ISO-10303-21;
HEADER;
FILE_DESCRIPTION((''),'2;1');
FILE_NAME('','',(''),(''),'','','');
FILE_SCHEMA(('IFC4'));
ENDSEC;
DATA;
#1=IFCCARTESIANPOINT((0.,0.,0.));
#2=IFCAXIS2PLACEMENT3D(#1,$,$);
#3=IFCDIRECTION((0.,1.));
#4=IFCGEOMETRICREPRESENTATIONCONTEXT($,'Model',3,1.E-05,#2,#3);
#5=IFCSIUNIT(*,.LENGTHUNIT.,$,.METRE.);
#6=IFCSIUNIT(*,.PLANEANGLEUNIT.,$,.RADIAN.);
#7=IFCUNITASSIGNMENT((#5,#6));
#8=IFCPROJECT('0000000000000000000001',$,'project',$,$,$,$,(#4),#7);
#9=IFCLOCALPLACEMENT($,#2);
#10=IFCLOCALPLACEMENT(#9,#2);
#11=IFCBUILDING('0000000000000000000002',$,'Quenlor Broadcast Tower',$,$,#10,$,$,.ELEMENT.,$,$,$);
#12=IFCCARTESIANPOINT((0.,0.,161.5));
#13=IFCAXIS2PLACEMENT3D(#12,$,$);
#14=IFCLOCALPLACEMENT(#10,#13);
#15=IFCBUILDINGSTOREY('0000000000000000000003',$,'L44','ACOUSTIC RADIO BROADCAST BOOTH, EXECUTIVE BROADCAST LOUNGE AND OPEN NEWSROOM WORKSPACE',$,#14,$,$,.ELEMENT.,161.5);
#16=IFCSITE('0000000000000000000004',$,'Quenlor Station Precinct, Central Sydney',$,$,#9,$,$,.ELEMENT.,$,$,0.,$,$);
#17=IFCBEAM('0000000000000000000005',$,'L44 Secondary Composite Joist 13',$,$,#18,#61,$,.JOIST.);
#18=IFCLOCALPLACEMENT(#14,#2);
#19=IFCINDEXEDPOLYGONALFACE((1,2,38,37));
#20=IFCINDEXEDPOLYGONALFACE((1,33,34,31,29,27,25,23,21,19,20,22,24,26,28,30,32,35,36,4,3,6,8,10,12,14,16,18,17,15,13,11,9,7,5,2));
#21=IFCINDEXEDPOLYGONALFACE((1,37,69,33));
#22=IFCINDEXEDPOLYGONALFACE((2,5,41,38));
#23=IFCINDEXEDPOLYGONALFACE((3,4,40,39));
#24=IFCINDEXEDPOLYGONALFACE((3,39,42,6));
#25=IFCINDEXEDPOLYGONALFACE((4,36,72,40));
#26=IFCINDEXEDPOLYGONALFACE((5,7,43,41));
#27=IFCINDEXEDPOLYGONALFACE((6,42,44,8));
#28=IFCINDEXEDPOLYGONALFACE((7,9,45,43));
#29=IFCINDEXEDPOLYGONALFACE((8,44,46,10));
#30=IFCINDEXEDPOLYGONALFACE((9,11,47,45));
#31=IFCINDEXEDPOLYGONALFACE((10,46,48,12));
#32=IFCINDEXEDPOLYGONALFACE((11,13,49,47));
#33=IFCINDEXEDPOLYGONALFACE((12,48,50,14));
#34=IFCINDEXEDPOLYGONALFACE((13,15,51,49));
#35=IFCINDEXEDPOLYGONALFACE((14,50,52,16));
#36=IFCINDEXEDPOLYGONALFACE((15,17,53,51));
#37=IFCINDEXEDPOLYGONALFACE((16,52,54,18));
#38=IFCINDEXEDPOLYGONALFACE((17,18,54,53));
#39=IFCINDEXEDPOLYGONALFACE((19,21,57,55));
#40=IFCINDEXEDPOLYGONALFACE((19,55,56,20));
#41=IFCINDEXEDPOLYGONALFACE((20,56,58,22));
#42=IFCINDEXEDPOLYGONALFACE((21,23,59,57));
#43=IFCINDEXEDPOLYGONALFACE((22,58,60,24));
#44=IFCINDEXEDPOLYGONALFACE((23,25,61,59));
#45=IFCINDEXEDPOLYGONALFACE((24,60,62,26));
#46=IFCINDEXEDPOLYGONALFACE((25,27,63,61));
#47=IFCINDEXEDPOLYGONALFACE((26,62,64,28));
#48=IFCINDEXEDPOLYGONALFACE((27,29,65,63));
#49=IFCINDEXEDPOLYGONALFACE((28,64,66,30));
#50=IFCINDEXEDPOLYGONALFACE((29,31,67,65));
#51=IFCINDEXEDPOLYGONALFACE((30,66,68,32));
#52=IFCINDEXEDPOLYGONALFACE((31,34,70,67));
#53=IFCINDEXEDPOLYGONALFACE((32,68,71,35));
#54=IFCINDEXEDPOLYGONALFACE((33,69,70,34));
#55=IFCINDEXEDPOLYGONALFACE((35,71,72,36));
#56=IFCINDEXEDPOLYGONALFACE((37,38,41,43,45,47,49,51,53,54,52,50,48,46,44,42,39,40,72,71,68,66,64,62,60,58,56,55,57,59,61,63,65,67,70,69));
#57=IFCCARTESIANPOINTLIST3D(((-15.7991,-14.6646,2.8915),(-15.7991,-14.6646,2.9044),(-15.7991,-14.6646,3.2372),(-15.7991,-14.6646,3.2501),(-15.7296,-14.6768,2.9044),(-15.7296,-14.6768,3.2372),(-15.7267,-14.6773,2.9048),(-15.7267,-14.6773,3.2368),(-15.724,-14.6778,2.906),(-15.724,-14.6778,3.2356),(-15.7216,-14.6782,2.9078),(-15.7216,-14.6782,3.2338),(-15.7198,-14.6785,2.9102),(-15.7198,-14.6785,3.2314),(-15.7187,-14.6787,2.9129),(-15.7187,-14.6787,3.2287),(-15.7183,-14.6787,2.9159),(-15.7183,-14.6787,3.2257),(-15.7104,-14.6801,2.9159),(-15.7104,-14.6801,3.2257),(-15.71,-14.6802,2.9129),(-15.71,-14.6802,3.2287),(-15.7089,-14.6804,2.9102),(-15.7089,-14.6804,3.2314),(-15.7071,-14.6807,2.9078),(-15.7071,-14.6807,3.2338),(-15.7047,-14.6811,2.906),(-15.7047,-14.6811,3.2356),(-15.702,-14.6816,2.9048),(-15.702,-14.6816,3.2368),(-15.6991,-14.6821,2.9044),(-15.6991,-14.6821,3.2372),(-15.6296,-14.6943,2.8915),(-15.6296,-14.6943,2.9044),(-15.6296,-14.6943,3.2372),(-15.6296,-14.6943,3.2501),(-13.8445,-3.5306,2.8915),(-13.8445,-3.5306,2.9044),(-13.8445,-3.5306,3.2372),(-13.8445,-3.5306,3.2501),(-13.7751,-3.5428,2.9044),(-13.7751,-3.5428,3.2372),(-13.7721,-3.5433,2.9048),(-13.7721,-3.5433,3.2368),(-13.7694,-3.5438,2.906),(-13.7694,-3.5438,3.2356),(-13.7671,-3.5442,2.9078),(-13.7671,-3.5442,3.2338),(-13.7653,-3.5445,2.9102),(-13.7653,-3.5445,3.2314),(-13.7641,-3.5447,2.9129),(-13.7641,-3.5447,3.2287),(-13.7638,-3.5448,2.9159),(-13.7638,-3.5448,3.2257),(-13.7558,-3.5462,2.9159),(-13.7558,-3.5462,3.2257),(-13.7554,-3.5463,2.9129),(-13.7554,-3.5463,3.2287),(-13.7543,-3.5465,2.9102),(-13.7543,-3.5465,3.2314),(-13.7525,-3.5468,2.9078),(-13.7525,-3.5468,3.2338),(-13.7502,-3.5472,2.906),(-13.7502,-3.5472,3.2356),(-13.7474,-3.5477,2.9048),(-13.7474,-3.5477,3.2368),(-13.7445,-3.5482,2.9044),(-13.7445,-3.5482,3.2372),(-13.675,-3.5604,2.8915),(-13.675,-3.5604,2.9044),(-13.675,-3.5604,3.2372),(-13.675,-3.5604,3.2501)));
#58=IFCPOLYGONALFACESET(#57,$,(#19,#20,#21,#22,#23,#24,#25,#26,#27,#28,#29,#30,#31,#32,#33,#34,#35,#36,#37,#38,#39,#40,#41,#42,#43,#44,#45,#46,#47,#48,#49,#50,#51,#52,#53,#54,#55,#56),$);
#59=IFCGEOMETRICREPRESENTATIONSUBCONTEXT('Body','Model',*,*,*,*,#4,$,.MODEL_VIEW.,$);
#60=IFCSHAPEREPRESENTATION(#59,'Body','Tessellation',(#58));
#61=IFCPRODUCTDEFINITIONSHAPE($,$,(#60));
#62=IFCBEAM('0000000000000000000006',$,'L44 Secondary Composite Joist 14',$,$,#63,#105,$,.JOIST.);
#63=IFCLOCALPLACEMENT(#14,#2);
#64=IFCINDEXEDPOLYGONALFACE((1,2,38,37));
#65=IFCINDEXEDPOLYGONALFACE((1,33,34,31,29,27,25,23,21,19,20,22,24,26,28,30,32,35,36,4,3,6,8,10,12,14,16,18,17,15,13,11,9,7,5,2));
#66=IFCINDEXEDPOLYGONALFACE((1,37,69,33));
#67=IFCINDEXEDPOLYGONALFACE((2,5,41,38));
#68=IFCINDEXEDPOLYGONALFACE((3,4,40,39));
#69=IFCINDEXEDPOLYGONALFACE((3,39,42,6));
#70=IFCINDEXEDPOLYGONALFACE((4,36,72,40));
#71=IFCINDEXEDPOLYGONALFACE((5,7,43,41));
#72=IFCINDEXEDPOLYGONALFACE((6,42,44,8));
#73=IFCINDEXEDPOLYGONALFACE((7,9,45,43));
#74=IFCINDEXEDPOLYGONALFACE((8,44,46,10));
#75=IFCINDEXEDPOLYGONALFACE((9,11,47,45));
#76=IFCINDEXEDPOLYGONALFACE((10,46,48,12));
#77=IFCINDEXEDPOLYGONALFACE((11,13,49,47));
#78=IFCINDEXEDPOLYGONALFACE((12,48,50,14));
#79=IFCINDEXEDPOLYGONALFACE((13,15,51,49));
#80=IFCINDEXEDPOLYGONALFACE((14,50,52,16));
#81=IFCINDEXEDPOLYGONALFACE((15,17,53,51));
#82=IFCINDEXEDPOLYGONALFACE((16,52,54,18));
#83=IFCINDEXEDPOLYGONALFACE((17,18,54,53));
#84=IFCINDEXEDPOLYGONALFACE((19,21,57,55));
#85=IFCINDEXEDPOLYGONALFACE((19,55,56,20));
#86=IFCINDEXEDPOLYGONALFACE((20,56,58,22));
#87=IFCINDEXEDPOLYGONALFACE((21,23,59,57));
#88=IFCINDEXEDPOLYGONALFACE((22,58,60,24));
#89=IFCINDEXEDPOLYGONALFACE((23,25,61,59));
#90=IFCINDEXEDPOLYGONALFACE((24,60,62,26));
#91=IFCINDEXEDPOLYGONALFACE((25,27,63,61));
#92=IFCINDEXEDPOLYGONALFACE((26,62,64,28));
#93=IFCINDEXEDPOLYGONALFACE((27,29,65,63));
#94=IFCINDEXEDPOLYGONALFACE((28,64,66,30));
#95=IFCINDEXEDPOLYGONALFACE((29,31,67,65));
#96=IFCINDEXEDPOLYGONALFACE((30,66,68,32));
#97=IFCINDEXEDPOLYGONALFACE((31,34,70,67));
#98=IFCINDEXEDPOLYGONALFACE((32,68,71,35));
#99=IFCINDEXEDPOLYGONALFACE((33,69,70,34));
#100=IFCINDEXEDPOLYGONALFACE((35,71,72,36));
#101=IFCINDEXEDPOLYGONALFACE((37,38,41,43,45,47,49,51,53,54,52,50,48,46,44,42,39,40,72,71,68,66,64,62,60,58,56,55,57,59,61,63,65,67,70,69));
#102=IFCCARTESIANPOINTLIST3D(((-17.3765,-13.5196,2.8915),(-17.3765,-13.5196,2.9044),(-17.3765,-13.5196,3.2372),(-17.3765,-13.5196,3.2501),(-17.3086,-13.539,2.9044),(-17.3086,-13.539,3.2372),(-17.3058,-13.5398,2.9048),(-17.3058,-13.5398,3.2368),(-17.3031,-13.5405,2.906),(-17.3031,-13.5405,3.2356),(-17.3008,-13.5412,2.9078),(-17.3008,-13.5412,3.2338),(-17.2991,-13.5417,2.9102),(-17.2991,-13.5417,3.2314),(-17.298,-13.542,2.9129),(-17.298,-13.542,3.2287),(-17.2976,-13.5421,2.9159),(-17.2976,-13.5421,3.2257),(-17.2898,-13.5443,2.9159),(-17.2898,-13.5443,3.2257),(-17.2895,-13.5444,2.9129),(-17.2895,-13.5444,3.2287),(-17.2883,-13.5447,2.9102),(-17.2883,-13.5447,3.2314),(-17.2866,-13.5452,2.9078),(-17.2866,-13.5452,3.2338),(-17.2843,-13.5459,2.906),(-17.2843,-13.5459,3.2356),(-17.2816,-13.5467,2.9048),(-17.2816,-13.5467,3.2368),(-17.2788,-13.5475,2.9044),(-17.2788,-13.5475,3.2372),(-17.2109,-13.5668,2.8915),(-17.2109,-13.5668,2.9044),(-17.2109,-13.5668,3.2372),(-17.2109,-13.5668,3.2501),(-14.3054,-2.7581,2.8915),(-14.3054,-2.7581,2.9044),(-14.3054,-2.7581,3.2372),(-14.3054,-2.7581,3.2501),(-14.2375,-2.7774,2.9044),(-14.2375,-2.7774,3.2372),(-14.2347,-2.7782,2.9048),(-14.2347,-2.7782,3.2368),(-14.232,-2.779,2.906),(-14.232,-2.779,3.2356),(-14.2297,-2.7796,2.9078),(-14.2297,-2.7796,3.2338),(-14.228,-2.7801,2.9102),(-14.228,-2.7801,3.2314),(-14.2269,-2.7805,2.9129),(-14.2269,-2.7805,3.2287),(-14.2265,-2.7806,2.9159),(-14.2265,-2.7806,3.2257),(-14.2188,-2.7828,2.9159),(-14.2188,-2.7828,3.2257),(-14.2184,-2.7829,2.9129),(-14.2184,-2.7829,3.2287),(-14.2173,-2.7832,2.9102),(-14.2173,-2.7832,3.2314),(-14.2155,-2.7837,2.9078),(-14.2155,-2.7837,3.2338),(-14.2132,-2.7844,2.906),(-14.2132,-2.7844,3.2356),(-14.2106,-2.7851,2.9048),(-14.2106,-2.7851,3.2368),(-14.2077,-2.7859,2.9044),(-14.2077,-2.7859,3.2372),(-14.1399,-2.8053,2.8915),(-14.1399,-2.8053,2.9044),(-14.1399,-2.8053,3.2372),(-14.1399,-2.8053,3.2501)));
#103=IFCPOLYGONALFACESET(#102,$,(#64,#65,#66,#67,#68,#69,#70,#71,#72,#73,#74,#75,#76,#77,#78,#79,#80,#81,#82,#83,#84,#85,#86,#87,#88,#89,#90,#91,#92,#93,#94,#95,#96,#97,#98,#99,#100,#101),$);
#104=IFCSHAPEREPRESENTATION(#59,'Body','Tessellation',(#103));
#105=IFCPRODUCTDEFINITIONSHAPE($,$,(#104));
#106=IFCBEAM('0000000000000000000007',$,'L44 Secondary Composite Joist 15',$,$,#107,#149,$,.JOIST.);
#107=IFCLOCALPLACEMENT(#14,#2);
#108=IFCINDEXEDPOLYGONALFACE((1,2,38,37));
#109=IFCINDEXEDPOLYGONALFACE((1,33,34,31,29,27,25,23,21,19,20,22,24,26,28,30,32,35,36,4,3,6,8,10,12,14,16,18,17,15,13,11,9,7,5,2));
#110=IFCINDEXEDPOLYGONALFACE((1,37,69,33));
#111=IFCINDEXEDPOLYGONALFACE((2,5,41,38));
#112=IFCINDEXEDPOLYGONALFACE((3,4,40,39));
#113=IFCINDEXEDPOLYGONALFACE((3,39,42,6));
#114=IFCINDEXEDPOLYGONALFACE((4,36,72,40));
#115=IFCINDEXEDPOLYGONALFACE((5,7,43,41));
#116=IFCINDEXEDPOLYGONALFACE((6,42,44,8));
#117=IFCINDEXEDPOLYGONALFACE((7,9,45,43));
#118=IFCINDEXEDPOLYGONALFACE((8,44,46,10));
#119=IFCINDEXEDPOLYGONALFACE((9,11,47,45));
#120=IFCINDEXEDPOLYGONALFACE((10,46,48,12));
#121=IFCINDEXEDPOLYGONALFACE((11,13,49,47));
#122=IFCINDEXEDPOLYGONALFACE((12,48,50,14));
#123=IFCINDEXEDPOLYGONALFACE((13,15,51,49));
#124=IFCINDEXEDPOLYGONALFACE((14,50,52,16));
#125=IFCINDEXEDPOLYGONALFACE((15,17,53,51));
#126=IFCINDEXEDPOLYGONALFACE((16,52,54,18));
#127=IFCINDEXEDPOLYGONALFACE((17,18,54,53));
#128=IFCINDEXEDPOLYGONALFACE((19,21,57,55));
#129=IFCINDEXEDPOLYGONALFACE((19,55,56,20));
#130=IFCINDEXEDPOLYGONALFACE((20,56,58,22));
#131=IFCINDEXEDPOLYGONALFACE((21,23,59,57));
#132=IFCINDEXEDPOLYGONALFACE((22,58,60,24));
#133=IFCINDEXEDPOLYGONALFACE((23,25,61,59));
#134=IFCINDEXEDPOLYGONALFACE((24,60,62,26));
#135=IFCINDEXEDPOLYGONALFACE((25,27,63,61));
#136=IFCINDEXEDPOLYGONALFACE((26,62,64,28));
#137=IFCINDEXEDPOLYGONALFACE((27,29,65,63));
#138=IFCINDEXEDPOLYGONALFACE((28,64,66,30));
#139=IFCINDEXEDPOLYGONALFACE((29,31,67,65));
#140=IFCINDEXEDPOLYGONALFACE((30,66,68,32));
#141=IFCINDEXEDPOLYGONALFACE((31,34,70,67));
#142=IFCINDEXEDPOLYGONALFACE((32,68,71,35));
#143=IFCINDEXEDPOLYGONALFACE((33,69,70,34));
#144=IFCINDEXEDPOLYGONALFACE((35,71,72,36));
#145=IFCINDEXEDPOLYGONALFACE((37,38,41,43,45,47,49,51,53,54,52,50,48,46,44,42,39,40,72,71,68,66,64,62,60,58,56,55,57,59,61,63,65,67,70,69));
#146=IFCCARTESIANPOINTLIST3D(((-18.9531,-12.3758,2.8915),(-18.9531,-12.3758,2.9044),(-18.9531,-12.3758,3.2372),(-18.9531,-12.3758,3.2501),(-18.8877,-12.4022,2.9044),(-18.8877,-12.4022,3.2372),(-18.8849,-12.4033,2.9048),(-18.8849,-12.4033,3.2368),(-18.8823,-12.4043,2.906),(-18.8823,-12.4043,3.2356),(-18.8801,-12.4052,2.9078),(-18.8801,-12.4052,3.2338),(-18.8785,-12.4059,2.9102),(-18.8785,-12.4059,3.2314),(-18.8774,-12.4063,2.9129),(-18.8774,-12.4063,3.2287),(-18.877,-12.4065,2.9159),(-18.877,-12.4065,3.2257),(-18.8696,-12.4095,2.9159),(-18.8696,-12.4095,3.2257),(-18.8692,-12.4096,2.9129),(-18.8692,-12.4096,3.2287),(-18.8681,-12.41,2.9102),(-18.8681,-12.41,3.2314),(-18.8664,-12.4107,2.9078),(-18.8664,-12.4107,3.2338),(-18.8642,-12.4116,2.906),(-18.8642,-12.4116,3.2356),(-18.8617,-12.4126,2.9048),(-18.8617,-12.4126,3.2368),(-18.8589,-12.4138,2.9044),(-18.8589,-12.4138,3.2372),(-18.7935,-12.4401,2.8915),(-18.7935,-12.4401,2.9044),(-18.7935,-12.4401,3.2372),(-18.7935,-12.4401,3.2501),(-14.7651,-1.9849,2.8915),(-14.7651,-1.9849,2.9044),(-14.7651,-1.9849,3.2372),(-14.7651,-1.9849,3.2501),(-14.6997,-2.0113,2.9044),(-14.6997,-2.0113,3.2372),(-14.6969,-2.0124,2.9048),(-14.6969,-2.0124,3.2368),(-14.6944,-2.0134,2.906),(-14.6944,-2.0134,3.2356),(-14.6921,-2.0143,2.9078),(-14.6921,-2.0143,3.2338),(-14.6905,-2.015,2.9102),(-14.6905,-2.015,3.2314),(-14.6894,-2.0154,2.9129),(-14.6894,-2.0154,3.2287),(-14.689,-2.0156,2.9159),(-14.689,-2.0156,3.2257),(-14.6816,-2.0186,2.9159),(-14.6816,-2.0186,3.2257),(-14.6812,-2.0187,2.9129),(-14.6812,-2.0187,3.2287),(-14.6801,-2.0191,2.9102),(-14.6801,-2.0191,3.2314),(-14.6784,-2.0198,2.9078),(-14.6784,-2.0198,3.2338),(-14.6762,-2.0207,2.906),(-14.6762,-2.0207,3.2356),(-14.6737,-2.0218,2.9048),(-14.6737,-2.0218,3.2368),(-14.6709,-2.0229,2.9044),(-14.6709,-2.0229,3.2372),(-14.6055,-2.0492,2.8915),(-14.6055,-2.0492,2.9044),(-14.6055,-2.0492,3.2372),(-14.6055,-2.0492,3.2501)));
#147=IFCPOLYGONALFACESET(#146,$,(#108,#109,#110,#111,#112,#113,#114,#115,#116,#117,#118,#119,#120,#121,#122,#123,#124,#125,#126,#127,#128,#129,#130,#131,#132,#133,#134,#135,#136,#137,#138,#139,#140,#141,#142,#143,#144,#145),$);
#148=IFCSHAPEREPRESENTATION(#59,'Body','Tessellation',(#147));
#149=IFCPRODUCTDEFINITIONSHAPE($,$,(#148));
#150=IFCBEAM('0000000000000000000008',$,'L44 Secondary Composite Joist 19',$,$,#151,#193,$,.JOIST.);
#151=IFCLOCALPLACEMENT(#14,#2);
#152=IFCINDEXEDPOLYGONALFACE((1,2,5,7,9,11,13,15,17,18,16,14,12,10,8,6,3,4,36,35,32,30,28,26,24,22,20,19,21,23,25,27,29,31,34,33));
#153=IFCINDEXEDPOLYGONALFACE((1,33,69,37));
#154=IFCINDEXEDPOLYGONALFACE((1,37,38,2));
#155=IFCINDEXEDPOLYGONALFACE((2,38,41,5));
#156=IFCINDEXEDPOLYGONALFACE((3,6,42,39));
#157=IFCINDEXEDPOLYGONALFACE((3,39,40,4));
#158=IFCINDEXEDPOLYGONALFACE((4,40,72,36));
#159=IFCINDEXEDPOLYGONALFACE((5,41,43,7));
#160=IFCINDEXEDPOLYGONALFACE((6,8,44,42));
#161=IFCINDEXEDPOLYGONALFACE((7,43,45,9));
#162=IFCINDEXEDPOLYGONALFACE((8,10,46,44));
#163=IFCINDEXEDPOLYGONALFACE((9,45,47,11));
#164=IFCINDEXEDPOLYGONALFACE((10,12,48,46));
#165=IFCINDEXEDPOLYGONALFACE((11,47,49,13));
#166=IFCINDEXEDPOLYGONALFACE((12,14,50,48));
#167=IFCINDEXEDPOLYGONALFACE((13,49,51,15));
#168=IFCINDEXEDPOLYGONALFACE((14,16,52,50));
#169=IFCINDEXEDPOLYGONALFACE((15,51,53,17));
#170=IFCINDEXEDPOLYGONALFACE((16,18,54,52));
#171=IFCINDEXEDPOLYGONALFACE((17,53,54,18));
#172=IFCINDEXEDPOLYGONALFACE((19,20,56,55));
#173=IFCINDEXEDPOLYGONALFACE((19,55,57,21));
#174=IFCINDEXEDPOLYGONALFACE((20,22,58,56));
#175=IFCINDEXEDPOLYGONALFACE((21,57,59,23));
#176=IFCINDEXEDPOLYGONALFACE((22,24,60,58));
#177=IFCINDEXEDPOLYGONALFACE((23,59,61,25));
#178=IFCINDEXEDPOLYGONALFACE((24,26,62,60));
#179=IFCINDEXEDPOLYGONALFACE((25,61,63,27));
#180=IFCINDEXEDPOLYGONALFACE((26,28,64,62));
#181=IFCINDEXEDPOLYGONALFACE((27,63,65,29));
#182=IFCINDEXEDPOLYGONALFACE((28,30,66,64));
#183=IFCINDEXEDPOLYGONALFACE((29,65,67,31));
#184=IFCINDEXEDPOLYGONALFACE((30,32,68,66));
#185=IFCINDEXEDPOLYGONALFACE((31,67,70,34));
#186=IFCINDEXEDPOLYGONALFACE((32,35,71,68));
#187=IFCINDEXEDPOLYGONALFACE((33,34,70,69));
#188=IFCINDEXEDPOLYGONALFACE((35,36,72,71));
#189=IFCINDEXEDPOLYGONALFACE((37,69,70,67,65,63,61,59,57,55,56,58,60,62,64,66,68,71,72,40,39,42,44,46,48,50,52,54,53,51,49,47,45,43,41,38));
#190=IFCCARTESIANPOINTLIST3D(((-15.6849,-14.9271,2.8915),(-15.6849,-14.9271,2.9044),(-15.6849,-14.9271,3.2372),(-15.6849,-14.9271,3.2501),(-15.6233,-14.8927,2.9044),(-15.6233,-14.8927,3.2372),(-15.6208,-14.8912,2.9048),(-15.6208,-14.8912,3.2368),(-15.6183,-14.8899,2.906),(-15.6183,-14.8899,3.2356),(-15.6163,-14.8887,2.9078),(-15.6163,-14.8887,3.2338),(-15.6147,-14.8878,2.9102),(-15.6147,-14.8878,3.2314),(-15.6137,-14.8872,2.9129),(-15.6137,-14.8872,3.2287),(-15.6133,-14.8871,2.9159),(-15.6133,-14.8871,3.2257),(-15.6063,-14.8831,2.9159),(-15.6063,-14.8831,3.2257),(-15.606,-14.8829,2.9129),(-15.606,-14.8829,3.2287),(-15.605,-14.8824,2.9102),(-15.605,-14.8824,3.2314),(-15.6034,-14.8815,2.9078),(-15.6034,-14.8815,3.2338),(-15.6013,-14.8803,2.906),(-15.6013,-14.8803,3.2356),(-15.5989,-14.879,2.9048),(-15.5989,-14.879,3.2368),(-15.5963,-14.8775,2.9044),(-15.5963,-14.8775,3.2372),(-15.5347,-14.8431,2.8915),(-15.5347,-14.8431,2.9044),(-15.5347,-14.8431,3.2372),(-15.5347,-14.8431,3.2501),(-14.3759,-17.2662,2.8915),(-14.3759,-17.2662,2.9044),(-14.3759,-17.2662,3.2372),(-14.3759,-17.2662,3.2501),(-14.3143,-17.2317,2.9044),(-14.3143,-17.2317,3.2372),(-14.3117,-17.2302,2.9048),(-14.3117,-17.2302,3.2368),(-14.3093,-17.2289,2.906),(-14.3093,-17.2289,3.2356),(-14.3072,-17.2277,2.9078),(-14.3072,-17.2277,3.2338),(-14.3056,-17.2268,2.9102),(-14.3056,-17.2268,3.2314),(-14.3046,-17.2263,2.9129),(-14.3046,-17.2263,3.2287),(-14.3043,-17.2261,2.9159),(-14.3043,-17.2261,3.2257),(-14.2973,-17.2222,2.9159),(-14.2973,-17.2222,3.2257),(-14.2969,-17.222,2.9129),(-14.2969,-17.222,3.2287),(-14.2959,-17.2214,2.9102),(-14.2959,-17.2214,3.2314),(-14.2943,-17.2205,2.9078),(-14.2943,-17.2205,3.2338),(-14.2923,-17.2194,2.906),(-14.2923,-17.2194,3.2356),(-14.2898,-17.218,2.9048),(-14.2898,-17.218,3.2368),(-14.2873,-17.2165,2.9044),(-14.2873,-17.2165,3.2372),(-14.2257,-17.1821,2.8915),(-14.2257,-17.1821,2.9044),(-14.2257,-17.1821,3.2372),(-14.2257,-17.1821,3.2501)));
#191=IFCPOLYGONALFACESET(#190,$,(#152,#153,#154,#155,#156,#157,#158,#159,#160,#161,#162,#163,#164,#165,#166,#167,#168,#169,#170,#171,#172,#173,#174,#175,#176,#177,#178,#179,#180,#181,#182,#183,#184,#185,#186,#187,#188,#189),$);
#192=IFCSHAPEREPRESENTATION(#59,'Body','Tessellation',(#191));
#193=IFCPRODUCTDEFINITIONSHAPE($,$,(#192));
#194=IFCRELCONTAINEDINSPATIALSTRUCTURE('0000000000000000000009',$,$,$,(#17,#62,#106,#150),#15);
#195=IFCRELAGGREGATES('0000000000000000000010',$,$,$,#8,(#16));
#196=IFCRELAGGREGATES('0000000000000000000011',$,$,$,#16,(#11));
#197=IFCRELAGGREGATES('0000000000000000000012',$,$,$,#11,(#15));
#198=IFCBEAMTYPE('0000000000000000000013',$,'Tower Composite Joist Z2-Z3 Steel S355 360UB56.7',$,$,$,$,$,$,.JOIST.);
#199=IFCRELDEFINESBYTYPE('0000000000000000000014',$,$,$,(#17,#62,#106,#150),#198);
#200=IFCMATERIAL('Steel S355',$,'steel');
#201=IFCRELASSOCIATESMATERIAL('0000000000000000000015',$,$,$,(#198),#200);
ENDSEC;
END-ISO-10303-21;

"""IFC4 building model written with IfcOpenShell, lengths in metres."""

from ifc_helpers import new_model, si_unit, direction, frame, origin, origin_2d, place, context, subcontext, project, spatial, i_section, extrude, material, material_profile, profile_set, type_object, element, save


model = new_model("IFC4")

# Units and contexts
model_context = context("Model", 3, precision=1e-05, world=origin(), true_north=direction((0.0, 1.0)))
body_context = subcontext(model_context, "Body", "Model", "MODEL_VIEW")
ifc_project = project(units=[si_unit("LENGTHUNIT", "METRE"), si_unit("PLANEANGLEUNIT", "RADIAN")], contexts=[model_context])

# Site, building, storey
site_placement = place(None, origin())
site = spatial("IfcSite", under=ifc_project, at=site_placement, Name="Quenlor Station Precinct, Central Sydney", CompositionType="ELEMENT", RefElevation=0.0)
building_placement = place(site_placement, origin())
building = spatial("IfcBuilding", under=site, at=building_placement, Name="Quenlor Broadcast Tower", CompositionType="ELEMENT")
storey_placement = place(building_placement, frame((0.0, 0.0, 161.5)))
storey = spatial("IfcBuildingStorey", under=building, at=storey_placement, Name="L44", Description="ACOUSTIC RADIO BROADCAST BOOTH, EXECUTIVE BROADCAST LOUNGE AND OPEN NEWSROOM WORKSPACE", CompositionType="ELEMENT", Elevation=161.5)

# Beams
ifc_material_1 = material(Name="Steel S355", Category="steel")
ifc_material_profile_1 = material_profile(ifc_material_1, i_section(OverallWidth=0.1721, OverallDepth=0.3586, WebThickness=0.0081, FlangeThickness=0.0129, FilletRadius=0.0115, at=origin_2d()))
ifc_profile_set_1 = profile_set([ifc_material_profile_1], Name="Steel S355 360UB56.7")
beam_type_1 = type_object("IfcBeamType", Name="Tower Composite Joist Z2-Z3 Steel S355 360UB56.7", PredefinedType="JOIST", material=ifc_profile_set_1)
beam_1_placement = place(storey_placement, frame((-15.7144, -14.6794, 3.0708), z_axis=(0.172907, 0.984938, 0.0), x_axis=(-0.984938, 0.172907, 0.0)))
element("IfcBeam", 1, at=beam_1_placement, inside=storey, type_object=beam_type_1, Name="L44 Secondary Composite Joist 13", PredefinedType="JOIST", context=body_context, shape_type="SweptSolid", body=[
    extrude(i_section(OverallWidth=0.1721, OverallDepth=0.3586, WebThickness=0.0081, FlangeThickness=0.0129, FilletRadius=0.0115, at=origin_2d()), origin(), (0.0, 0.0, 1.0), 11.3042),
])
beam_2_placement = place(storey_placement, frame((-17.2937, -13.5432, 3.0708), z_axis=(0.274419, 0.96161, 0.0), x_axis=(-0.96161, 0.274419, 0.0)))
element("IfcBeam", 2, at=beam_2_placement, inside=storey, type_object=beam_type_1, Name="L44 Secondary Composite Joist 14", PredefinedType="JOIST", context=body_context, shape_type="SweptSolid", body=[
    extrude(i_section(OverallWidth=0.1721, OverallDepth=0.3586, WebThickness=0.0081, FlangeThickness=0.0129, FilletRadius=0.0115, at=origin_2d()), origin(), (0.0, 0.0, 1.0), 11.1912),
])
beam_3_placement = place(storey_placement, frame((-18.8733, -12.408, 3.0708), z_axis=(0.373824, 0.9275, 0.0), x_axis=(-0.9275, 0.373824, 0.0)))
element("IfcBeam", 3, at=beam_3_placement, inside=storey, type_object=beam_type_1, Name="L44 Secondary Composite Joist 15", PredefinedType="JOIST", context=body_context, shape_type="SweptSolid", body=[
    extrude(i_section(OverallWidth=0.1721, OverallDepth=0.3586, WebThickness=0.0081, FlangeThickness=0.0129, FilletRadius=0.0115, at=origin_2d()), origin(), (0.0, 0.0, 1.0), 11.2031),
])
beam_4_placement = place(storey_placement, frame((-14.3008, -17.2241, 3.0708), z_axis=(-0.48837, 0.872636, 0.0), x_axis=(-0.872636, -0.48837, 0.0)))
element("IfcBeam", 4, at=beam_4_placement, inside=storey, type_object=beam_type_1, Name="L44 Secondary Composite Joist 19", PredefinedType="JOIST", context=body_context, shape_type="SweptSolid", body=[
    extrude(i_section(OverallWidth=0.1721, OverallDepth=0.3586, WebThickness=0.0081, FlangeThickness=0.0129, FilletRadius=0.0115, at=origin_2d()), origin(), (0.0, 0.0, 1.0), 2.6804),
])

save(model, "model.ifc")
